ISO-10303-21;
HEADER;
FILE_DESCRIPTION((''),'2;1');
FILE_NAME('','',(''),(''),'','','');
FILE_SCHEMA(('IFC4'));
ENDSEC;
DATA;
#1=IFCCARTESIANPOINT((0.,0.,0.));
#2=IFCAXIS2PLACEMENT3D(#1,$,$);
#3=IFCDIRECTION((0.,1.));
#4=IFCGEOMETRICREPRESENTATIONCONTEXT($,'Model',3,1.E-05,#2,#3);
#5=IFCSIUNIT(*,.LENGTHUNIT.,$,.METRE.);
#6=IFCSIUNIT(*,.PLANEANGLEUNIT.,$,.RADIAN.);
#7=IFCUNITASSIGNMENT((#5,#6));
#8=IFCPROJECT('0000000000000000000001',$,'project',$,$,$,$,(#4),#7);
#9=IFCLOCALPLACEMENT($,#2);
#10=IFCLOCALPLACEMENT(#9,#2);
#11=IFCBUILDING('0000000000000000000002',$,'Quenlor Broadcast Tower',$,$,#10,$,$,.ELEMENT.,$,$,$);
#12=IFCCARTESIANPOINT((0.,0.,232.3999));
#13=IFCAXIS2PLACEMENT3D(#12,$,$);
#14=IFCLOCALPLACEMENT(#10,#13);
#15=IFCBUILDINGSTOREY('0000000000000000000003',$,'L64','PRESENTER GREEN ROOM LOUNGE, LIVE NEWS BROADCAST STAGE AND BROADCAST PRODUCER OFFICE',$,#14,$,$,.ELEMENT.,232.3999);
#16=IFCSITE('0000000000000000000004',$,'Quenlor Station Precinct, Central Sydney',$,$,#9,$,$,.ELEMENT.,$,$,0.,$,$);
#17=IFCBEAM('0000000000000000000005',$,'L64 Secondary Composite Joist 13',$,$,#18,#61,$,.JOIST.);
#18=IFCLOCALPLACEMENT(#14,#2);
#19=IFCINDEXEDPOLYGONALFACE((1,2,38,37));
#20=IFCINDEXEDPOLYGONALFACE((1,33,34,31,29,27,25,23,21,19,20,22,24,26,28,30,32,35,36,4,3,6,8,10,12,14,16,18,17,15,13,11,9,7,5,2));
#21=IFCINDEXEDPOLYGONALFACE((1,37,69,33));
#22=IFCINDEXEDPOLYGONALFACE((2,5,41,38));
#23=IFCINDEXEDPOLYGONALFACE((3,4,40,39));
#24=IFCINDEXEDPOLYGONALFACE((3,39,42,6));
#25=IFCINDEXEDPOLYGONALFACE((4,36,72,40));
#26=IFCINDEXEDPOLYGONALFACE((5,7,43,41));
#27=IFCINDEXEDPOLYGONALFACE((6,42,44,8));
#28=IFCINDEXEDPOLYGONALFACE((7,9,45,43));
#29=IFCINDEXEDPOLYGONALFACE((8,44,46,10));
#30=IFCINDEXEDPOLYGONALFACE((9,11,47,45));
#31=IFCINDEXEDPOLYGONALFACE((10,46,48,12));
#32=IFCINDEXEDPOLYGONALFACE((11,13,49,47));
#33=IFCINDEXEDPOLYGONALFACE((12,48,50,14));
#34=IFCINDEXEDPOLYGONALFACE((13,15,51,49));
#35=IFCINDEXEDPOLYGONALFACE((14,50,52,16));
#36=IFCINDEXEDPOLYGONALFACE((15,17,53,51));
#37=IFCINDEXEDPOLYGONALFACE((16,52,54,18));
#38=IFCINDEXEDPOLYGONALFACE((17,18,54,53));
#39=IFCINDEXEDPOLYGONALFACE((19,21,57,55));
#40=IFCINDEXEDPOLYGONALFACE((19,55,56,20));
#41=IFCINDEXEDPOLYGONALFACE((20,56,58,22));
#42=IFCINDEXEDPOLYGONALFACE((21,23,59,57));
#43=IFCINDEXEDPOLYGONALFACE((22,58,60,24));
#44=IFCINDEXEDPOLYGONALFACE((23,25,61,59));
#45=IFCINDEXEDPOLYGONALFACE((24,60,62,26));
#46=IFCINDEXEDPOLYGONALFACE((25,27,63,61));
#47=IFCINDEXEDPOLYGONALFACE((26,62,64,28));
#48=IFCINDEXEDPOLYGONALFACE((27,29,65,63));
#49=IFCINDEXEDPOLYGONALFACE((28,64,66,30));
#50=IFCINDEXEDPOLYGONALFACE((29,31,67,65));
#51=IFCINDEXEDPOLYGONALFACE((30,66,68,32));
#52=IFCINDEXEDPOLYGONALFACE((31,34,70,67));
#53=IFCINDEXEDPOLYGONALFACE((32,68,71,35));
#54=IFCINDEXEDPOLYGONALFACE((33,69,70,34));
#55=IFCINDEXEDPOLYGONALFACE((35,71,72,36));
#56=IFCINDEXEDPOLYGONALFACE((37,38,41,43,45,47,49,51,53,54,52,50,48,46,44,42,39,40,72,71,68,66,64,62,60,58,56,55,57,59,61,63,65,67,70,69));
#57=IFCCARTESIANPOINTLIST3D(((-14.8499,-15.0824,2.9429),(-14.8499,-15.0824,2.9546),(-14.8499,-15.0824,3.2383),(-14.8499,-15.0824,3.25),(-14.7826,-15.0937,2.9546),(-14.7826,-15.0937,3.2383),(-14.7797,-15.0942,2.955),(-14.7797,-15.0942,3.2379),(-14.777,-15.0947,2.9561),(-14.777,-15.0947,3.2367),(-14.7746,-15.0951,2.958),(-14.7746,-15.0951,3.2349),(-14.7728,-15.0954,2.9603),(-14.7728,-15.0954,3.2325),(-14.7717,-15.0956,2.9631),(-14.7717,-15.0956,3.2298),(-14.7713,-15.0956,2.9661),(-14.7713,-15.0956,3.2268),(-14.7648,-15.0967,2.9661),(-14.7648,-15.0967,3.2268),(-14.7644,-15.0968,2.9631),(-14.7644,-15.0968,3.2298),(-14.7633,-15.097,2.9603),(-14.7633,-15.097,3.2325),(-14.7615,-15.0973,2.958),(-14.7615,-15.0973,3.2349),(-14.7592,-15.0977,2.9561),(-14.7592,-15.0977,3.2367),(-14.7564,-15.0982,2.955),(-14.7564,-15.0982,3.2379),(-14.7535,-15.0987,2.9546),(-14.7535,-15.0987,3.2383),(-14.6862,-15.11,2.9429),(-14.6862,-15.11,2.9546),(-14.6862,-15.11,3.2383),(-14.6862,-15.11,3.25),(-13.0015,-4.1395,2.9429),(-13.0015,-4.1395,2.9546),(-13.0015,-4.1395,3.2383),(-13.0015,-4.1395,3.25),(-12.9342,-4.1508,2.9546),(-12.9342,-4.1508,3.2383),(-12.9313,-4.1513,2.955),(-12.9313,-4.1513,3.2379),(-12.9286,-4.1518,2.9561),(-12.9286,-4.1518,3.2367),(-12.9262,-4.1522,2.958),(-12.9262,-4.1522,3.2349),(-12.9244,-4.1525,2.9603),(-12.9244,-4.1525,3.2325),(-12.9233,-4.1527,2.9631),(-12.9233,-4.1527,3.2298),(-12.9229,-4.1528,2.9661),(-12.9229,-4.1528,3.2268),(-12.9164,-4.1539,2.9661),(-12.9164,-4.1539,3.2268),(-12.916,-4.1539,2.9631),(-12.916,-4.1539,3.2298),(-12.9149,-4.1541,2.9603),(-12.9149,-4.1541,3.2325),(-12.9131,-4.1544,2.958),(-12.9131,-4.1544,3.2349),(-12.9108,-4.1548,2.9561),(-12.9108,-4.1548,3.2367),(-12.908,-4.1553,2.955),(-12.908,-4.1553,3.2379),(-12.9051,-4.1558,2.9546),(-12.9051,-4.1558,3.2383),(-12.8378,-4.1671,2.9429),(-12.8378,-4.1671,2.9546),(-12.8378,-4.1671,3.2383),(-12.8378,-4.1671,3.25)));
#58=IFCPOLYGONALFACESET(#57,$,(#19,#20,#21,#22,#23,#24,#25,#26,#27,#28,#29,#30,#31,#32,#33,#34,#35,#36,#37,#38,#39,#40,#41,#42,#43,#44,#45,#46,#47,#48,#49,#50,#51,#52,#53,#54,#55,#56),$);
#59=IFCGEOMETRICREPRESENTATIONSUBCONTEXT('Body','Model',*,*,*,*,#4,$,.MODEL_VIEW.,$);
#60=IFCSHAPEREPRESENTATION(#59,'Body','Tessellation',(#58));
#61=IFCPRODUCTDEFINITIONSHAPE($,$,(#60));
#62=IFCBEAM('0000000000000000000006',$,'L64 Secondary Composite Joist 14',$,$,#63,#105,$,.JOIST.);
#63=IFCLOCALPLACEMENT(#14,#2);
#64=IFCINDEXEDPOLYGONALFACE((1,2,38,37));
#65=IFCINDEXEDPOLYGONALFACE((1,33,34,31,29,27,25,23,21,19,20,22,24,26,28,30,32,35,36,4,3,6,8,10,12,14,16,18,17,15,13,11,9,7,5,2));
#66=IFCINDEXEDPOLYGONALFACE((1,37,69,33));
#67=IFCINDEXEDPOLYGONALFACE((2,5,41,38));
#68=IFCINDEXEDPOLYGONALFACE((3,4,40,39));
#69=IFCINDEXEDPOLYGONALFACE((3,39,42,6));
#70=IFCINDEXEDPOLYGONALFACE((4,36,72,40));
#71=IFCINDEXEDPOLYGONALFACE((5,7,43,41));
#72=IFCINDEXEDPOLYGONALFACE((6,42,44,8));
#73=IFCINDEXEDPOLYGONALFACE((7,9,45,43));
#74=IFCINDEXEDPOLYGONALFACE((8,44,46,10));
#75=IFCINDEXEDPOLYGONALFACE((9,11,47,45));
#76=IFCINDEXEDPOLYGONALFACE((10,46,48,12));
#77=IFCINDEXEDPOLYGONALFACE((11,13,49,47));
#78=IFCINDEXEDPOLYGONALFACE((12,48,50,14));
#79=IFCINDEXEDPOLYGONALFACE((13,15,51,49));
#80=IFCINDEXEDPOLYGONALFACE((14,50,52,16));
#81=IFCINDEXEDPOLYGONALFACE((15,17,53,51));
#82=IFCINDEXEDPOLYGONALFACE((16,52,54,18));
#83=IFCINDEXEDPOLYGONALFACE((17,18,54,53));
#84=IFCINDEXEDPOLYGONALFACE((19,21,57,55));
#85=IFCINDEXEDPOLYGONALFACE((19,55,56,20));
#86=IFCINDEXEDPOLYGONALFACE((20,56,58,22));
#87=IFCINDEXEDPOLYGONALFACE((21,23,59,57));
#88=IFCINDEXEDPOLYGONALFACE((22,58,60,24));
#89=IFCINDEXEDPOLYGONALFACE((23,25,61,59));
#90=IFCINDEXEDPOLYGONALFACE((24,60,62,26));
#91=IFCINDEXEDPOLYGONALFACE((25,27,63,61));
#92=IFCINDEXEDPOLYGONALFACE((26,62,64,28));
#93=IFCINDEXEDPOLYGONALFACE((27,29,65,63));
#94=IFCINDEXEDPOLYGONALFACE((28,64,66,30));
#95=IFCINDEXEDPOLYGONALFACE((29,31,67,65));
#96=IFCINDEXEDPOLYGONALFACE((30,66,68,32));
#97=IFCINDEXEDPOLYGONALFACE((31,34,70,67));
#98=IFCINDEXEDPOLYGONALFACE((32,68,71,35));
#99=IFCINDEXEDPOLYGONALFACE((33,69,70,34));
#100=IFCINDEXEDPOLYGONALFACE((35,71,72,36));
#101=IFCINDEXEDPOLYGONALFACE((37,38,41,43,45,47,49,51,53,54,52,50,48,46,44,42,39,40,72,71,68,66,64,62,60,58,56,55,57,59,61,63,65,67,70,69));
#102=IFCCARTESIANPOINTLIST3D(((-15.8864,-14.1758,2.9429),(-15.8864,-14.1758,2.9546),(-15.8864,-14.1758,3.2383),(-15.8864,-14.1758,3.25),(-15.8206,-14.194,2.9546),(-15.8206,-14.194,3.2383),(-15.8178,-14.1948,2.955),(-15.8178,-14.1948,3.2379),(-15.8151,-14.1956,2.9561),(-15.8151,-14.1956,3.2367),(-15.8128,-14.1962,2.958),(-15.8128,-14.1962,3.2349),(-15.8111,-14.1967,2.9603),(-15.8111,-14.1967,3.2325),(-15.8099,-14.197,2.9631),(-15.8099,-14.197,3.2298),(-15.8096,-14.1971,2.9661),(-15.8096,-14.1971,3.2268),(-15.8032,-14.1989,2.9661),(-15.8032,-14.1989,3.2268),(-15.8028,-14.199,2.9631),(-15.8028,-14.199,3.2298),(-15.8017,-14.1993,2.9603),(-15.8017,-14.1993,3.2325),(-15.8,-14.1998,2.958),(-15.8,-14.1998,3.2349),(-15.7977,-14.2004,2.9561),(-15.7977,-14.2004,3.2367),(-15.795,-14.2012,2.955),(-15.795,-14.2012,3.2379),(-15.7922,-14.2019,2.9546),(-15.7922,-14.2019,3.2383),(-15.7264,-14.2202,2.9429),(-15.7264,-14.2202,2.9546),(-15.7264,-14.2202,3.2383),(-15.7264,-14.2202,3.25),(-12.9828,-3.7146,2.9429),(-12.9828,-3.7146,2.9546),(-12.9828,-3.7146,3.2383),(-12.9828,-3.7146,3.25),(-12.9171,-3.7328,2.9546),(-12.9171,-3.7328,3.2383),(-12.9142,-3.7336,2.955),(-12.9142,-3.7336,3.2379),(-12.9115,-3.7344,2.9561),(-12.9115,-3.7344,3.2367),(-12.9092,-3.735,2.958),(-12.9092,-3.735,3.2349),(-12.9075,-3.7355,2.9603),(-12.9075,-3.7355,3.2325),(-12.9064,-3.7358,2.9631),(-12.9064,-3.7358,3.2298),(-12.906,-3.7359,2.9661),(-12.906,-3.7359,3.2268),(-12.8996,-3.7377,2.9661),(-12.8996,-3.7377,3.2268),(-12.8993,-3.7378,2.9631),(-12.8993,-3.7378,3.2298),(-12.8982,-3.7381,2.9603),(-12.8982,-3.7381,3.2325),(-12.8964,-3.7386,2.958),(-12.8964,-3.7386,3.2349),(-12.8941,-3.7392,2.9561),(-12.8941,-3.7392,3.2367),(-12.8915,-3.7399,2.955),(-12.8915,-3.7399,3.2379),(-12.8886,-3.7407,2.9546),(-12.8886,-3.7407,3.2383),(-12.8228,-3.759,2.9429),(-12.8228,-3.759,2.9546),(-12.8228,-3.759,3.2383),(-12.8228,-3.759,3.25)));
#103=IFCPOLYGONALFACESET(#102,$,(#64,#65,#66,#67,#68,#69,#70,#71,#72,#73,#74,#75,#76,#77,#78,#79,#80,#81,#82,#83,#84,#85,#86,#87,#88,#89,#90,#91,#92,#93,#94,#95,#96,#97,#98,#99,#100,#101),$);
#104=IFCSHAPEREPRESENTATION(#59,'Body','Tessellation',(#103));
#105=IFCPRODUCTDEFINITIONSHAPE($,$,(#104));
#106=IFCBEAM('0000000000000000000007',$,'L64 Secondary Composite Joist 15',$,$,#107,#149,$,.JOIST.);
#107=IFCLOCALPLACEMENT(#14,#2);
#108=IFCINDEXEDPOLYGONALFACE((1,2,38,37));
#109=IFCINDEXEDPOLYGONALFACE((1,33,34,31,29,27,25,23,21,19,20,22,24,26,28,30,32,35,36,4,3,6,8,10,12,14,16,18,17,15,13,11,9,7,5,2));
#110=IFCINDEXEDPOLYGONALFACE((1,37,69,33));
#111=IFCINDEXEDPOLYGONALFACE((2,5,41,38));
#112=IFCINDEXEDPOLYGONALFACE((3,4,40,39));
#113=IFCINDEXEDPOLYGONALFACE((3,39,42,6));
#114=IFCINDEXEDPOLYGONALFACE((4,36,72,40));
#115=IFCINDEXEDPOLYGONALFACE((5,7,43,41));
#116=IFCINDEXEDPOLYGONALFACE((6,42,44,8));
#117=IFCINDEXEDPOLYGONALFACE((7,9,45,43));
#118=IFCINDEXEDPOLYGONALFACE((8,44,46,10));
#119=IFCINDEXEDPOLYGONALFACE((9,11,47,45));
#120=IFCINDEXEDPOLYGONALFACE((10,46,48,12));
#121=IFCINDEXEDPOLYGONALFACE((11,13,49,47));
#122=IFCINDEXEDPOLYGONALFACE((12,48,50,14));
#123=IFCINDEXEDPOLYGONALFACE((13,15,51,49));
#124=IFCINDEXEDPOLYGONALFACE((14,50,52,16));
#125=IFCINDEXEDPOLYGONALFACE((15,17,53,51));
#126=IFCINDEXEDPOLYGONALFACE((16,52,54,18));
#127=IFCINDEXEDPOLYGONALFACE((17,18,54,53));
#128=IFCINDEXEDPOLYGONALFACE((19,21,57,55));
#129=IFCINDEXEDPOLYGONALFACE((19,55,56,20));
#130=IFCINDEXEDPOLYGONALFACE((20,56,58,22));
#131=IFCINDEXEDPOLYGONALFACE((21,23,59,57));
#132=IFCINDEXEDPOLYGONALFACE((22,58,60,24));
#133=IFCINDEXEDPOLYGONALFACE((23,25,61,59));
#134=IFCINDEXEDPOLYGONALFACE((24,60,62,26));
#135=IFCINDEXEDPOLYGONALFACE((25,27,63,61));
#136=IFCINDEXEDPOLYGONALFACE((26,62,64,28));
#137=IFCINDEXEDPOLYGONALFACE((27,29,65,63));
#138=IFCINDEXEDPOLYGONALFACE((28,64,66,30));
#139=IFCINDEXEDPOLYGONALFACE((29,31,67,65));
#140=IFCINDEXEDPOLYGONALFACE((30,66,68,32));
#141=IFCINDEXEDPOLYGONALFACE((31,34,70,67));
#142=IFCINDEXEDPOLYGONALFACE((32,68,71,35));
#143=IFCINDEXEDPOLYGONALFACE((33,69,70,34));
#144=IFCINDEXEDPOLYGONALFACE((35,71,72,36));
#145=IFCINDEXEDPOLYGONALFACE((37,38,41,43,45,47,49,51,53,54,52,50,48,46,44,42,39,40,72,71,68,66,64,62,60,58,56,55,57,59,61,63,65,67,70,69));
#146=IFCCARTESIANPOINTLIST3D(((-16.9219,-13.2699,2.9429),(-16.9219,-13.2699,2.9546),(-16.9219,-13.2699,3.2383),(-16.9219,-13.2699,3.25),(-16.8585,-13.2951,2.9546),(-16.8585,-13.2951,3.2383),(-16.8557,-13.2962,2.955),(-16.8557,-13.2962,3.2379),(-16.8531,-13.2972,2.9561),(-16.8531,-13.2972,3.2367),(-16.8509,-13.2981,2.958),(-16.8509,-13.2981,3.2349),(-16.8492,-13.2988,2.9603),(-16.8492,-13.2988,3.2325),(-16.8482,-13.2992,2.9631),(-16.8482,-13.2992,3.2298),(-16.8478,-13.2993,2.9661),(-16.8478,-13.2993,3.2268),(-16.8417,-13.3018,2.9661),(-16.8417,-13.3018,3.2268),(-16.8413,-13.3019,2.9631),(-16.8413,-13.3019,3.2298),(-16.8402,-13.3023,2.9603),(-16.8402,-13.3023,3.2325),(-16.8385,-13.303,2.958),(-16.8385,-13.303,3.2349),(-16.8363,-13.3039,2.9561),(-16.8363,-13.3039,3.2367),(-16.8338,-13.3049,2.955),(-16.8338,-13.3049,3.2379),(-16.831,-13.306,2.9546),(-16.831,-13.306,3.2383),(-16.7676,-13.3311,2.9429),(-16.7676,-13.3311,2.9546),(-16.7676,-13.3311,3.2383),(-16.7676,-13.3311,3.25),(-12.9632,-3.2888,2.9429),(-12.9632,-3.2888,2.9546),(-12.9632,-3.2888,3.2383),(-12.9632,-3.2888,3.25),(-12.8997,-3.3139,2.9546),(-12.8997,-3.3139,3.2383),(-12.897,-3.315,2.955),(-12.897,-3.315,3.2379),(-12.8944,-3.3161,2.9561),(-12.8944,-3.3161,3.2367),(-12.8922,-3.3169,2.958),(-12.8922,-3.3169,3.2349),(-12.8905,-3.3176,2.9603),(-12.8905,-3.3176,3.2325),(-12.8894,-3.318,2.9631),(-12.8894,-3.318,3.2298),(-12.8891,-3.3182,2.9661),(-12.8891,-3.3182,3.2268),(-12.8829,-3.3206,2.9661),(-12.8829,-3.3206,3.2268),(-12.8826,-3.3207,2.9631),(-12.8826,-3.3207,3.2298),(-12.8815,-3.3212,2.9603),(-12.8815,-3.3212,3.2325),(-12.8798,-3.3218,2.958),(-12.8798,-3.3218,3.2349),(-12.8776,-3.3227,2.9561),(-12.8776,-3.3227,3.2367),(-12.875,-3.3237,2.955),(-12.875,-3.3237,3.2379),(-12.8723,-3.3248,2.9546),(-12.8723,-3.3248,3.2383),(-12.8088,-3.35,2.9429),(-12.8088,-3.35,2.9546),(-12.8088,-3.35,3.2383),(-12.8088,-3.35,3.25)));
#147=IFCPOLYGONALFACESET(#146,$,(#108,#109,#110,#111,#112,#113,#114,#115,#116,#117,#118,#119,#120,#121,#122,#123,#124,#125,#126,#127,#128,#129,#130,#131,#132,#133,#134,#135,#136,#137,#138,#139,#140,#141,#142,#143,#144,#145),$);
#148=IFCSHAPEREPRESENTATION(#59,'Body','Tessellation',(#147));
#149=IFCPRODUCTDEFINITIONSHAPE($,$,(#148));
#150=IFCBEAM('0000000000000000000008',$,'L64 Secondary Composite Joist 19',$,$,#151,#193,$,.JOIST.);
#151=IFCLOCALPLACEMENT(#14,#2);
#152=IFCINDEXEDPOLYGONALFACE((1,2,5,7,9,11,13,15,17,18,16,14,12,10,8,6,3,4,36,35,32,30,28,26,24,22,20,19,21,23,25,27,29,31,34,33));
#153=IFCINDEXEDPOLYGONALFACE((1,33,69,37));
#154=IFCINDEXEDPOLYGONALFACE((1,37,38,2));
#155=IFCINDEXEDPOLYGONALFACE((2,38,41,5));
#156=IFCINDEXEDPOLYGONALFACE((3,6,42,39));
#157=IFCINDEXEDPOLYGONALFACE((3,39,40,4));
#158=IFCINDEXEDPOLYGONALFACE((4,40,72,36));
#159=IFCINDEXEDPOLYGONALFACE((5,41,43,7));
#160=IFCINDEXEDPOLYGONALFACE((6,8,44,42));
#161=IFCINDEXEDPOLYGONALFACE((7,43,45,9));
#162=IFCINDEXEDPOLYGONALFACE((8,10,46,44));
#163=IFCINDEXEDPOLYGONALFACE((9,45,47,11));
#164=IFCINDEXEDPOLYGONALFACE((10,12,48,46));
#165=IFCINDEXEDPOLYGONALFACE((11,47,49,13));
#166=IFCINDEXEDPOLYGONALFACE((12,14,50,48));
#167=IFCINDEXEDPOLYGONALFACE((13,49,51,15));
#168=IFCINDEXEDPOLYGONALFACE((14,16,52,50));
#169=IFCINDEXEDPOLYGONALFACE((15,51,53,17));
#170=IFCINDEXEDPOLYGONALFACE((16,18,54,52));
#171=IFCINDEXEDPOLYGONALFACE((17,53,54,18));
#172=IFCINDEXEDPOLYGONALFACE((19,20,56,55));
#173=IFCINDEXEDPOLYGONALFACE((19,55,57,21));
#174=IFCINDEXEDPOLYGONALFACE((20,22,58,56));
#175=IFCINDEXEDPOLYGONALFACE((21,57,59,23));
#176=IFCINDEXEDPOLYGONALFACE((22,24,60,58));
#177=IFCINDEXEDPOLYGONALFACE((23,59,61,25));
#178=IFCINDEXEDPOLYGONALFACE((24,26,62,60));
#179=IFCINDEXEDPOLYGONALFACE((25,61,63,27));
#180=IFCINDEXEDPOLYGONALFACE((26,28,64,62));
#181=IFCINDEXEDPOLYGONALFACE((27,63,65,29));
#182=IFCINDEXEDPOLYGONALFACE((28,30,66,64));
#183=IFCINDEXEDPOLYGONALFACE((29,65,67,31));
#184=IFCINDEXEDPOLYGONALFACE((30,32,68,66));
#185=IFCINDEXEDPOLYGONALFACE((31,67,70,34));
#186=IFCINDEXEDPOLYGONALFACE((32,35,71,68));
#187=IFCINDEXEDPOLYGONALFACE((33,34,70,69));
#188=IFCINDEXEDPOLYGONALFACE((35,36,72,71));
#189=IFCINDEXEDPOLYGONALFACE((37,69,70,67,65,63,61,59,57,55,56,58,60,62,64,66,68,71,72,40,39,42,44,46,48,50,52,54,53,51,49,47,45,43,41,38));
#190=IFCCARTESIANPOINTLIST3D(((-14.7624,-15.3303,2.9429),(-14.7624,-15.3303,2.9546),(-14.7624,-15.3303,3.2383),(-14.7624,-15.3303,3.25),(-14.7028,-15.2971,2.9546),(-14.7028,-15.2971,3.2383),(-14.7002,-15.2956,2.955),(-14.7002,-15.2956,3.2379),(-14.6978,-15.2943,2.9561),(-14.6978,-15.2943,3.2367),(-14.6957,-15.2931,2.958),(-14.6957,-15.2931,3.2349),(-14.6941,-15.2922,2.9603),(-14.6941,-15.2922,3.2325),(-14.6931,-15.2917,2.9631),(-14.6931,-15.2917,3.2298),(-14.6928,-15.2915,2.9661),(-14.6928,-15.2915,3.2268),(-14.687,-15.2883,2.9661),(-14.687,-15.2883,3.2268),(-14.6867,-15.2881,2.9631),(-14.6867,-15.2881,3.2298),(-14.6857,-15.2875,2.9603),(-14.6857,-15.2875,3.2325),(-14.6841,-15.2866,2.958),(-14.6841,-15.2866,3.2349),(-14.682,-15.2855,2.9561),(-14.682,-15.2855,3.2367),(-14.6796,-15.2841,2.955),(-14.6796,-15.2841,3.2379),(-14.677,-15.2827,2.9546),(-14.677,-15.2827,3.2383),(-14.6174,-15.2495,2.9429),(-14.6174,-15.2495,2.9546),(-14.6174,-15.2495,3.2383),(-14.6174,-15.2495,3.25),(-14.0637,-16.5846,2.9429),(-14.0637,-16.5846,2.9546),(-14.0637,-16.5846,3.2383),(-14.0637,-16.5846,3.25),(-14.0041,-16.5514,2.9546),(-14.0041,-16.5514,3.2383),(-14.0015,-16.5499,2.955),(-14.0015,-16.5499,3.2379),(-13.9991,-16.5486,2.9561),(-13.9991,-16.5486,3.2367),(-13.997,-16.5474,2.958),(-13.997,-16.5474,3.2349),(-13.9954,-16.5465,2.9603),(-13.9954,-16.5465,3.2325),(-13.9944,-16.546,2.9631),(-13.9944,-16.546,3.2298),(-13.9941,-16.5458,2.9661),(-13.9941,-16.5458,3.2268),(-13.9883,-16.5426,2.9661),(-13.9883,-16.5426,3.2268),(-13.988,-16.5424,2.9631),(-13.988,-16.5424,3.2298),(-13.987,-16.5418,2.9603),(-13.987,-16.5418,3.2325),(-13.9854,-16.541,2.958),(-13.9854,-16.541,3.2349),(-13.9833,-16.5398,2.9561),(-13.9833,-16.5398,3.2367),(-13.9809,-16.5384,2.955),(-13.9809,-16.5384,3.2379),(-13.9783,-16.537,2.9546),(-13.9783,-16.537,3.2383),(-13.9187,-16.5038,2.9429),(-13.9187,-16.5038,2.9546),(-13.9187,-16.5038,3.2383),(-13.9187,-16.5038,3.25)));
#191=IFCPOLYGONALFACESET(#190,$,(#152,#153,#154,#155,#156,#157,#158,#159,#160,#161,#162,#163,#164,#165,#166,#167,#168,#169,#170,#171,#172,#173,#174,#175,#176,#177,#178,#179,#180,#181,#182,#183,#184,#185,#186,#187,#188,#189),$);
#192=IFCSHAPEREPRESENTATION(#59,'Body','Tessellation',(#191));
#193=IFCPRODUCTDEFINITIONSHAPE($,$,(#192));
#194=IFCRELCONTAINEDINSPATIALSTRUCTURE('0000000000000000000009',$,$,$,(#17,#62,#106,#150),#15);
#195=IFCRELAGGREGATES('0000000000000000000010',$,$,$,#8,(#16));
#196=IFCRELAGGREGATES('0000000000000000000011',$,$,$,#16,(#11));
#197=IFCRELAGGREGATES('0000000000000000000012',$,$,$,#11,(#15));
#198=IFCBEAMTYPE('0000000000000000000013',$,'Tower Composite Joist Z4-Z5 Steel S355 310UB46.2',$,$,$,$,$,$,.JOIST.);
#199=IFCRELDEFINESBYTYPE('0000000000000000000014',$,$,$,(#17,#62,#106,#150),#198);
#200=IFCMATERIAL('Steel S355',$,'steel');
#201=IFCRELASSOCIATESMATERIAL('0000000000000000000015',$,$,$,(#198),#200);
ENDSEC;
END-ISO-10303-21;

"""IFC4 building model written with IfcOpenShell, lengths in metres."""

from ifc_helpers import new_model, si_unit, direction, frame, origin, origin_2d, place, context, subcontext, project, spatial, i_section, extrude, material, material_profile, profile_set, type_object, element, save


model = new_model("IFC4")

# Units and contexts
model_context = context("Model", 3, precision=1e-05, world=origin(), true_north=direction((0.0, 1.0)))
body_context = subcontext(model_context, "Body", "Model", "MODEL_VIEW")
ifc_project = project(units=[si_unit("LENGTHUNIT", "METRE"), si_unit("PLANEANGLEUNIT", "RADIAN")], contexts=[model_context])

# Site, building, storey
site_placement = place(None, origin())
site = spatial("IfcSite", under=ifc_project, at=site_placement, Name="Quenlor Station Precinct, Central Sydney", CompositionType="ELEMENT", RefElevation=0.0)
building_placement = place(site_placement, origin())
building = spatial("IfcBuilding", under=site, at=building_placement, Name="Quenlor Broadcast Tower", CompositionType="ELEMENT")
storey_placement = place(building_placement, frame((0.0, 0.0, 232.3999)))
storey = spatial("IfcBuildingStorey", under=building, at=storey_placement, Name="L64", Description="PRESENTER GREEN ROOM LOUNGE, LIVE NEWS BROADCAST STAGE AND BROADCAST PRODUCER OFFICE", CompositionType="ELEMENT", Elevation=232.3999)

# Beams
ifc_material_1 = material(Name="Steel S355", Category="steel")
ifc_material_profile_1 = material_profile(ifc_material_1, i_section(OverallWidth=0.166, OverallDepth=0.3071, WebThickness=0.0066, FlangeThickness=0.0117, FilletRadius=0.0115, at=origin_2d()))
ifc_profile_set_1 = profile_set([ifc_material_profile_1], Name="Steel S355 310UB46.2")
beam_type_1 = type_object("IfcBeamType", Name="Tower Composite Joist Z4-Z5 Steel S355 310UB46.2", PredefinedType="JOIST", material=ifc_profile_set_1)
beam_1_placement = place(storey_placement, frame((-14.7681, -15.0962, 3.0964), z_axis=(0.166553, 0.986032, 0.0), x_axis=(-0.986032, 0.166553, 0.0)))
element("IfcBeam", 1, at=beam_1_placement, inside=storey, type_object=beam_type_1, Name="L64 Secondary Composite Joist 13", PredefinedType="JOIST", context=body_context, shape_type="SweptSolid", body=[
    extrude(i_section(OverallWidth=0.166, OverallDepth=0.3071, WebThickness=0.0066, FlangeThickness=0.0117, FilletRadius=0.0115, at=origin_2d()), origin(), (0.0, 0.0, 1.0), 11.0979),
])
beam_2_placement = place(storey_placement, frame((-15.8064, -14.198, 3.0964), z_axis=(0.267446, 0.963573, 0.0), x_axis=(-0.963573, 0.267446, 0.0)))
element("IfcBeam", 2, at=beam_2_placement, inside=storey, type_object=beam_type_1, Name="L64 Secondary Composite Joist 14", PredefinedType="JOIST", context=body_context, shape_type="SweptSolid", body=[
    extrude(i_section(OverallWidth=0.166, OverallDepth=0.3071, WebThickness=0.0066, FlangeThickness=0.0117, FilletRadius=0.0115, at=origin_2d()), origin(), (0.0, 0.0, 1.0), 10.8567),
])
beam_3_placement = place(storey_placement, frame((-16.8447, -13.3005, 3.0964), z_axis=(0.36868, 0.929556, 0.0), x_axis=(-0.929556, 0.36868, 0.0)))
element("IfcBeam", 3, at=beam_3_placement, inside=storey, type_object=beam_type_1, Name="L64 Secondary Composite Joist 15", PredefinedType="JOIST", context=body_context, shape_type="SweptSolid", body=[
    extrude(i_section(OverallWidth=0.166, OverallDepth=0.3071, WebThickness=0.0066, FlangeThickness=0.0117, FilletRadius=0.0115, at=origin_2d()), origin(), (0.0, 0.0, 1.0), 10.7375),
])
beam_4_placement = place(storey_placement, frame((-13.9912, -16.5442, 3.0964), z_axis=(-0.486624, 0.873611, 0.0), x_axis=(-0.873611, -0.486624, 0.0)))
element("IfcBeam", 4, at=beam_4_placement, inside=storey, type_object=beam_type_1, Name="L64 Secondary Composite Joist 19", PredefinedType="JOIST", context=body_context, shape_type="SweptSolid", body=[
    extrude(i_section(OverallWidth=0.166, OverallDepth=0.3071, WebThickness=0.0066, FlangeThickness=0.0117, FilletRadius=0.0115, at=origin_2d()), origin(), (0.0, 0.0, 1.0), 1.4358),
])

save(model, "model.ifc")
